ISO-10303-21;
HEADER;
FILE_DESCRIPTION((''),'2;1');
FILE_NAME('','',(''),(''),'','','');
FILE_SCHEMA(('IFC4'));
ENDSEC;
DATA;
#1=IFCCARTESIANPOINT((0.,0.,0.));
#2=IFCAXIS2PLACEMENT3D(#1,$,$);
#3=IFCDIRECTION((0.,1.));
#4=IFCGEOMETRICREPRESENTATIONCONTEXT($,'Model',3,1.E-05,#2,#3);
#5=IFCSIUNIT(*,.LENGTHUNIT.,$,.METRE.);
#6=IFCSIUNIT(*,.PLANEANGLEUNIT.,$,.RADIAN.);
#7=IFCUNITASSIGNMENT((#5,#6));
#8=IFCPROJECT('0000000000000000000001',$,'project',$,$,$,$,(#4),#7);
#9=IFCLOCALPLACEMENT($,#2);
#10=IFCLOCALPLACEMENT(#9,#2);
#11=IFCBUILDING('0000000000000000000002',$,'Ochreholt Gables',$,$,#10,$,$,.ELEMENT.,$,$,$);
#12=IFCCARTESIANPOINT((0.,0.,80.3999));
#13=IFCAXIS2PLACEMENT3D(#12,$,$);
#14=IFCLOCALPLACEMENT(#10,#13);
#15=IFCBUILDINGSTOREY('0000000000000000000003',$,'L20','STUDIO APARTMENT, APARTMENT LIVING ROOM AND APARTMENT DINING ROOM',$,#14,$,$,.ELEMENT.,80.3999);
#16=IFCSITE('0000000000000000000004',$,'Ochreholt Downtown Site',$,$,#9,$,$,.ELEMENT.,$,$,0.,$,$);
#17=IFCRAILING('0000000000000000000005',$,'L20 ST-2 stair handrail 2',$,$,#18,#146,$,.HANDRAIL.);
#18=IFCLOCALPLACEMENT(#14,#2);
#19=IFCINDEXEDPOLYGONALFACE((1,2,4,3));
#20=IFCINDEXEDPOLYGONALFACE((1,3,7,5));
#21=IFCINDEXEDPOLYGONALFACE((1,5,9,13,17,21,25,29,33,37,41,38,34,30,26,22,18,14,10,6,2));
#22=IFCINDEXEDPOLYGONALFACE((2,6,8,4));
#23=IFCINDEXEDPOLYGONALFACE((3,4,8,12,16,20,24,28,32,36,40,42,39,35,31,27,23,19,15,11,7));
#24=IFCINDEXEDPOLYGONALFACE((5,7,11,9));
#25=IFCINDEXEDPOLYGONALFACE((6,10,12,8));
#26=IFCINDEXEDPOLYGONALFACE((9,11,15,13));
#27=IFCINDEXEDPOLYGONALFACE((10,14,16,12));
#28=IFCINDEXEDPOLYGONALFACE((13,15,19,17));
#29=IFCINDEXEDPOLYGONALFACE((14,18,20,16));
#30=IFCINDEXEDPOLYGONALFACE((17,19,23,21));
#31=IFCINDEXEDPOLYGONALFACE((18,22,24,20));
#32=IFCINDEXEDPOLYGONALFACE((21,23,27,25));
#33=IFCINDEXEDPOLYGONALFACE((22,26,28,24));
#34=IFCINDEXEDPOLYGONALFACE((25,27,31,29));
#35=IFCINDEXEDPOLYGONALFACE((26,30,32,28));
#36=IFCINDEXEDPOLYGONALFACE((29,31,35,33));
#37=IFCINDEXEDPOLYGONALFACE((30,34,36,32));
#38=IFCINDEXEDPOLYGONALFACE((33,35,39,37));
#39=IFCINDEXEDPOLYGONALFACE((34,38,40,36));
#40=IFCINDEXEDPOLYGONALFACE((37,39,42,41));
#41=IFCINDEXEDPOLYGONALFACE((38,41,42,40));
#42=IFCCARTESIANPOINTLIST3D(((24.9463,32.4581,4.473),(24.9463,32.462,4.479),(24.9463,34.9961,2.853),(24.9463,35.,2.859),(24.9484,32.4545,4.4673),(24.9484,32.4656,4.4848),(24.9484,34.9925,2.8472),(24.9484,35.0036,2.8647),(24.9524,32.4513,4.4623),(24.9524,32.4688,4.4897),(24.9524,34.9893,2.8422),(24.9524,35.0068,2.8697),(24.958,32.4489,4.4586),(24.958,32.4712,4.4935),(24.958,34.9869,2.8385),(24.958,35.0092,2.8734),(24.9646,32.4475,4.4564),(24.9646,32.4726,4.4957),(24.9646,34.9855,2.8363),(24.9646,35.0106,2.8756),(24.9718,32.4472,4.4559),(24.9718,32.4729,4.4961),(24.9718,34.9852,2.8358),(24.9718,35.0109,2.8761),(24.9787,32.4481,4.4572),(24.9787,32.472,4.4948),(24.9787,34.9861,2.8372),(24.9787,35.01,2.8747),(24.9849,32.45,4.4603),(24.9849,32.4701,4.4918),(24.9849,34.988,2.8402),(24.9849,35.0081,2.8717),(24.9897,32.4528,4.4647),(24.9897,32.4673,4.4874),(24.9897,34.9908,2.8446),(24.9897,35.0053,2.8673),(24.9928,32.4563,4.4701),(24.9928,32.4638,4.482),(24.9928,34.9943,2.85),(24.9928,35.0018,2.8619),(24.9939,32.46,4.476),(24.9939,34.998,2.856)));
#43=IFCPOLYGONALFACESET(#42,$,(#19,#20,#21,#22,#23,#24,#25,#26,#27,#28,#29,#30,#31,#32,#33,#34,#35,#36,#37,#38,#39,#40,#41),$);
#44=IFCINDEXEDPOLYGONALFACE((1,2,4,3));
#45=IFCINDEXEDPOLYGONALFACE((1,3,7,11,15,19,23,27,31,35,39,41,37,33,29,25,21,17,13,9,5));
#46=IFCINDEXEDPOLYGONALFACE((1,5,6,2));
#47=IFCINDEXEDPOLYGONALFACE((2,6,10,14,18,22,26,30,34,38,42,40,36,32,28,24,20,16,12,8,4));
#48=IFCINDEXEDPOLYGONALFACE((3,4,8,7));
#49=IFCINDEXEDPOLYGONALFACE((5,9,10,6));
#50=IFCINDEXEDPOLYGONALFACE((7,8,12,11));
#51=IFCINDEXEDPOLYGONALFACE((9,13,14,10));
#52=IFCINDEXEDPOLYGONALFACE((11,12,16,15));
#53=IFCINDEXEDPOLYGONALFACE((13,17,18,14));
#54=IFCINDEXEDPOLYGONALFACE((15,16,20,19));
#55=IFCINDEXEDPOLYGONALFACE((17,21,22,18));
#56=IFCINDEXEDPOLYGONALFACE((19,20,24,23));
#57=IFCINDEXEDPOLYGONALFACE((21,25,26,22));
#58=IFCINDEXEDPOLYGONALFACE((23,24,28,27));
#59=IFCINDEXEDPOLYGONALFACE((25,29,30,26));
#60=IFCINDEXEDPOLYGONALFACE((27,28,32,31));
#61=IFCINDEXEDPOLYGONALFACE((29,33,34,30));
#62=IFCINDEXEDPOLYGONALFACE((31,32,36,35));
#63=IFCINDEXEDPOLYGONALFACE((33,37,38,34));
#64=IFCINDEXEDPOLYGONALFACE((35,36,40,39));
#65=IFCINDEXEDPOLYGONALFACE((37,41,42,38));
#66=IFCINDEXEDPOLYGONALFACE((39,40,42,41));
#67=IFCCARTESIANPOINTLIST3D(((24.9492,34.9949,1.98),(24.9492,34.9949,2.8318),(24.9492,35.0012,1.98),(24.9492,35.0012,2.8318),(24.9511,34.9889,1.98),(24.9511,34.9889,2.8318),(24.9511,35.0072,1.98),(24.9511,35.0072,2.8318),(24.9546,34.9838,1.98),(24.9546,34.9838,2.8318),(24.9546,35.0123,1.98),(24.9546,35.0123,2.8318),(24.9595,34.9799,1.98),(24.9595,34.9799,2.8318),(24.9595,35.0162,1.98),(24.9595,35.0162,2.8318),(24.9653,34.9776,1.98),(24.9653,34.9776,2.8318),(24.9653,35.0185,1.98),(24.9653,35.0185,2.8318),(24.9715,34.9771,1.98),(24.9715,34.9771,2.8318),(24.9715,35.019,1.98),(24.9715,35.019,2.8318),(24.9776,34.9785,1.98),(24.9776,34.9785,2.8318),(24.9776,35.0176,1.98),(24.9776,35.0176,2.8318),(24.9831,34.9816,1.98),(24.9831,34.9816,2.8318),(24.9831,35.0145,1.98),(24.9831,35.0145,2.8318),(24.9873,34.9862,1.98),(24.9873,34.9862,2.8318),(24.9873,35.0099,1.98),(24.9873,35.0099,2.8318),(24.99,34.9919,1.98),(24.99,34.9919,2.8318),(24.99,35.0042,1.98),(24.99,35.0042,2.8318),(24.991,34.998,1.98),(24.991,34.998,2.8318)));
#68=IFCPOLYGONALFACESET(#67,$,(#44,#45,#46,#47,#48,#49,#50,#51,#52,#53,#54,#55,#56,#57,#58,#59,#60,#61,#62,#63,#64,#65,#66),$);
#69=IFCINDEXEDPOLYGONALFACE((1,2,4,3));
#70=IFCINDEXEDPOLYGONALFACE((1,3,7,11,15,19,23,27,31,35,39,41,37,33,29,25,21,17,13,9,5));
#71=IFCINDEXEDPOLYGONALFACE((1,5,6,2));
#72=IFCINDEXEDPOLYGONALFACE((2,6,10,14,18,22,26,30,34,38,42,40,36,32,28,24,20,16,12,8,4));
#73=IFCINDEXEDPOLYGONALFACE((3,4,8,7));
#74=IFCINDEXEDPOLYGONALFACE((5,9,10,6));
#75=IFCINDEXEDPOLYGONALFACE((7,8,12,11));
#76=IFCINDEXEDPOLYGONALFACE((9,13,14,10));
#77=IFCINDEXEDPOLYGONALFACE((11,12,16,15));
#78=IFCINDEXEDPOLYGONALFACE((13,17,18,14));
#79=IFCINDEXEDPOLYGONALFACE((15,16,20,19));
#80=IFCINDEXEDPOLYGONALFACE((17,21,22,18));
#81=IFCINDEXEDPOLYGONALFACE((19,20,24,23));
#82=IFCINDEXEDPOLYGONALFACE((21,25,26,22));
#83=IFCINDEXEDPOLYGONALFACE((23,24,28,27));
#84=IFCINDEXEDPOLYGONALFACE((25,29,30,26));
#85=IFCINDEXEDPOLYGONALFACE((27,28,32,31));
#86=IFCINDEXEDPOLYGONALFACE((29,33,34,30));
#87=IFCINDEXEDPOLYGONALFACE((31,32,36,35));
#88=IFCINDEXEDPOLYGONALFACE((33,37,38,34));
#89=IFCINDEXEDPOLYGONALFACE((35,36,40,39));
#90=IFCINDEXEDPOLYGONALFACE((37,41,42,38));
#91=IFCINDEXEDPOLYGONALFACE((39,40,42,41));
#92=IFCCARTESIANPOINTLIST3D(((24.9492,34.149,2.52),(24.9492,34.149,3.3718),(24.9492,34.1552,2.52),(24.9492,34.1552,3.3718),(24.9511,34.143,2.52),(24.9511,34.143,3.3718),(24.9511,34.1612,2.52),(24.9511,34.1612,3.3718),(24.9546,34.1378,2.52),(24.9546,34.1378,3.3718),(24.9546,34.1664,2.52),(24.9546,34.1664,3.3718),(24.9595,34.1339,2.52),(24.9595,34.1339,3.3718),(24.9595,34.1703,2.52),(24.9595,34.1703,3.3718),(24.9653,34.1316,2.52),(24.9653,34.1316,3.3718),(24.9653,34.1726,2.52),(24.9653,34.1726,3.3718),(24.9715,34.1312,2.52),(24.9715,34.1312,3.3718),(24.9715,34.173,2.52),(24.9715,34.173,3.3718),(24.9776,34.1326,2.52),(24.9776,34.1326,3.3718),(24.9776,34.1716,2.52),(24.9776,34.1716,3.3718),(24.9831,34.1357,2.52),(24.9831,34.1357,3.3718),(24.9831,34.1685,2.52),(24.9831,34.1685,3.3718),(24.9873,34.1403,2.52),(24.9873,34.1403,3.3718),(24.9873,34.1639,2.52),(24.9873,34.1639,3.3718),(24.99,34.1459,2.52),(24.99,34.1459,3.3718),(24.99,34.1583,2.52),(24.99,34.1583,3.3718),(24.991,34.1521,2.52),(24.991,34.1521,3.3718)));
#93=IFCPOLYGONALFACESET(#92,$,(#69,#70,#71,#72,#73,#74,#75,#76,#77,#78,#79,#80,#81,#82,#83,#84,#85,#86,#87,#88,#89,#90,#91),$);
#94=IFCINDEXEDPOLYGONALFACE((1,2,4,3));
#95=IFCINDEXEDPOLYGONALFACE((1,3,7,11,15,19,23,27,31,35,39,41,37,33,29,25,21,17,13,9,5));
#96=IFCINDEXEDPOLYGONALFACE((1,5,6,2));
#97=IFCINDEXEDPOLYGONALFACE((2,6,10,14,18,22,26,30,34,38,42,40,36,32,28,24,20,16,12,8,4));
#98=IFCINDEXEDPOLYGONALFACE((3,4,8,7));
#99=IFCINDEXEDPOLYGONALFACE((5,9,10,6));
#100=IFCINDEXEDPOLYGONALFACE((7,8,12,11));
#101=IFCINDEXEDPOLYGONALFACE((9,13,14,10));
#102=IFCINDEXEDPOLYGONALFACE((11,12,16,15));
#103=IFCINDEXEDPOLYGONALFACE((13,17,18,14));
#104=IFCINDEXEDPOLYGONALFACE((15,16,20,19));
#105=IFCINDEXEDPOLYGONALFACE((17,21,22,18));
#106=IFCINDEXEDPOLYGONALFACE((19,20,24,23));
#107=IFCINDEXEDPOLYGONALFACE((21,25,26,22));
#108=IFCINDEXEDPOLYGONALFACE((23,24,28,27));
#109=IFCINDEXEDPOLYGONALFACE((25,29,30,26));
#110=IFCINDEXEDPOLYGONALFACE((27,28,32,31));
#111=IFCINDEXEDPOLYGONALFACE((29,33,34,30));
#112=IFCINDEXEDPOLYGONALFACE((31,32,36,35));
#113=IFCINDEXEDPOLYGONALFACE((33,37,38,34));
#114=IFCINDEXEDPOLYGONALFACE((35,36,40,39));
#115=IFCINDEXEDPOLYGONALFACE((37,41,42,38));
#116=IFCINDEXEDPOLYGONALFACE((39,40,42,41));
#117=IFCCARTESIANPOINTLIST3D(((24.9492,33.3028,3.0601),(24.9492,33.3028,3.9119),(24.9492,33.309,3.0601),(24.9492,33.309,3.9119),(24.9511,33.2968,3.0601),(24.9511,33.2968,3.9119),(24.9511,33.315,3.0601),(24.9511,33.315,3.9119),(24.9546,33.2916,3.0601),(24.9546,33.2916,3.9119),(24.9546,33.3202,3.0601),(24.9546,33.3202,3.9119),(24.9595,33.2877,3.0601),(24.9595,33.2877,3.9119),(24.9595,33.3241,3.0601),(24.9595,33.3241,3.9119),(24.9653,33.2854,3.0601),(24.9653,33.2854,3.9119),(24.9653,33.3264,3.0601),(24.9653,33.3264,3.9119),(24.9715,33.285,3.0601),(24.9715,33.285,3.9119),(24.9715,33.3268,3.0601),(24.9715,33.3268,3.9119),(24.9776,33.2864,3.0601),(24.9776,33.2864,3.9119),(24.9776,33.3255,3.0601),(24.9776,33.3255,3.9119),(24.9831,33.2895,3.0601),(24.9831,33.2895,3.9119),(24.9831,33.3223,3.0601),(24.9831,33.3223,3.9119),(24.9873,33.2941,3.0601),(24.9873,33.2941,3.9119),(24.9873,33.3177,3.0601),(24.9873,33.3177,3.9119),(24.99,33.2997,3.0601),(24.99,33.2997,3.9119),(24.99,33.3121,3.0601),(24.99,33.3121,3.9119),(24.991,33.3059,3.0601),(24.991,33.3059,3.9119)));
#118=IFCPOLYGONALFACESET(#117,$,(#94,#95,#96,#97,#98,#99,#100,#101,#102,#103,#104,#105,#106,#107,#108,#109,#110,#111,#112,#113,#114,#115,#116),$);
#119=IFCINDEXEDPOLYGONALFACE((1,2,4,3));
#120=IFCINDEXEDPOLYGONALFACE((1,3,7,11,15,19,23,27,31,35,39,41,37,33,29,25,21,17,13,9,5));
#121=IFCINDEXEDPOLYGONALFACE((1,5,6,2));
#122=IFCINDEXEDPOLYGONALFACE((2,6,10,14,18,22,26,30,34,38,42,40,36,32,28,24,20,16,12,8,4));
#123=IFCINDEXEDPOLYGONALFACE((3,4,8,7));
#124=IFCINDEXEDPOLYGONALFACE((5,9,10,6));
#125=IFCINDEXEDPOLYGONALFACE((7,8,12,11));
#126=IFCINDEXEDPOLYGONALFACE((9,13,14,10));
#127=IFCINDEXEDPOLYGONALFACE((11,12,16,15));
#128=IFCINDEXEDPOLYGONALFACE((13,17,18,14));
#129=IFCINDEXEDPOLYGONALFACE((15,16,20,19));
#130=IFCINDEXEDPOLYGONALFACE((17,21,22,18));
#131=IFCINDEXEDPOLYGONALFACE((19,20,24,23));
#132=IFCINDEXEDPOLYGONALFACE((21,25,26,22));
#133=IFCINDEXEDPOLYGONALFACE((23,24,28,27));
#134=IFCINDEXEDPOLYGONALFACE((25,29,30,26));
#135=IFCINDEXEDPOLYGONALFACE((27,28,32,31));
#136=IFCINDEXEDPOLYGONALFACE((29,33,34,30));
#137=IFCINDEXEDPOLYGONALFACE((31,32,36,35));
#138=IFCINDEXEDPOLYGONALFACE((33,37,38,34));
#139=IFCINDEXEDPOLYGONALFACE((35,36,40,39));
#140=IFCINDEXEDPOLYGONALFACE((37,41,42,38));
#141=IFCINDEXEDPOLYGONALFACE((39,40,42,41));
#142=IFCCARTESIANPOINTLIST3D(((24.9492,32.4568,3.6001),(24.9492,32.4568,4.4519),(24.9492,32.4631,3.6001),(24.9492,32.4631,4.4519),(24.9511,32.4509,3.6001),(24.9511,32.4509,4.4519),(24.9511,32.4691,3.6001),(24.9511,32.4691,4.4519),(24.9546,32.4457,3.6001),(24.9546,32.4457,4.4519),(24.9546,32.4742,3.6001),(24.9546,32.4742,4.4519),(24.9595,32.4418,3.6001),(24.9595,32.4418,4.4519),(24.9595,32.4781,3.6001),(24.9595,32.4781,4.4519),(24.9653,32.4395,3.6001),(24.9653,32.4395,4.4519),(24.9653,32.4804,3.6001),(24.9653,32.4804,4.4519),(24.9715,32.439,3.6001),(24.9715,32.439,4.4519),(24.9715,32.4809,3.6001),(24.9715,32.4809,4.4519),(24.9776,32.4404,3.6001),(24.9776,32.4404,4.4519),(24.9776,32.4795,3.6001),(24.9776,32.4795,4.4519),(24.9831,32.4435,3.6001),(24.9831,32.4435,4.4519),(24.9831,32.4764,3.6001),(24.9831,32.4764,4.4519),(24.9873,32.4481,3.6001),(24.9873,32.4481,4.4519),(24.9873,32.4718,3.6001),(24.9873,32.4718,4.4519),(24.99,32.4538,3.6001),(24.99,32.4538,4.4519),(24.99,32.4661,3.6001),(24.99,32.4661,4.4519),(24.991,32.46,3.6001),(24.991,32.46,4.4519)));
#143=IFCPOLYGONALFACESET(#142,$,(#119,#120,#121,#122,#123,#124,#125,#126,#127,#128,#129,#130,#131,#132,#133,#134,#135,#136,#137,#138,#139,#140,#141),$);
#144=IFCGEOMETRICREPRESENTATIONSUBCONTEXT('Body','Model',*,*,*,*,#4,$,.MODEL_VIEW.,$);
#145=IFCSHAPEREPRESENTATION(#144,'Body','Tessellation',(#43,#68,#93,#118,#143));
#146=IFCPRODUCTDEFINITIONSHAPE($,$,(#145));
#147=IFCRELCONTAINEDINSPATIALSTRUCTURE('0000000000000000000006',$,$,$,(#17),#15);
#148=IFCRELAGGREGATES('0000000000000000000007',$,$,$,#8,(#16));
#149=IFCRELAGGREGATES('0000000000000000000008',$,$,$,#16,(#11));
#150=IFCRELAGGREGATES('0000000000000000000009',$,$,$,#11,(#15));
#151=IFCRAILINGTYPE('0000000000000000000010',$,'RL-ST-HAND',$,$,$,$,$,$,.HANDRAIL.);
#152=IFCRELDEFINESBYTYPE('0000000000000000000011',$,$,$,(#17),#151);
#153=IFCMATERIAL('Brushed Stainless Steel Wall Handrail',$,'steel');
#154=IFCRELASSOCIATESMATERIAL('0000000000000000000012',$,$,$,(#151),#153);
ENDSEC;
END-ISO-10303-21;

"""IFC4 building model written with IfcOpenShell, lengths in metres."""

from ifc_helpers import new_model, si_unit, direction, frame, origin, origin_2d, place, context, subcontext, project, spatial, circle, extrude, material, type_object, element, save


model = new_model("IFC4")

# Units and contexts
model_context = context("Model", 3, precision=1e-05, world=origin(), true_north=direction((0.0, 1.0)))
body_context = subcontext(model_context, "Body", "Model", "MODEL_VIEW")
ifc_project = project(units=[si_unit("LENGTHUNIT", "METRE"), si_unit("PLANEANGLEUNIT", "RADIAN")], contexts=[model_context])

# Site, building, storey
site_placement = place(None, origin())
site = spatial("IfcSite", under=ifc_project, at=site_placement, Name="Ochreholt Downtown Site", CompositionType="ELEMENT", RefElevation=0.0)
building_placement = place(site_placement, origin())
building = spatial("IfcBuilding", under=site, at=building_placement, Name="Ochreholt Gables", CompositionType="ELEMENT")
storey_placement = place(building_placement, frame((0.0, 0.0, 80.3999)))
storey = spatial("IfcBuildingStorey", under=building, at=storey_placement, Name="L20", Description="STUDIO APARTMENT, APARTMENT LIVING ROOM AND APARTMENT DINING ROOM", CompositionType="ELEMENT", Elevation=80.3999)

# Railing
ifc_material_1 = material(Name="Brushed Stainless Steel Wall Handrail", Category="steel")
railing_type_1 = type_object("IfcRailingType", Name="RL-ST-HAND", PredefinedType="HANDRAIL", material=ifc_material_1)
railing_1_placement = place(storey_placement, frame((24.97, 34.998, 1.98)))
element("IfcRailing", 1, at=railing_1_placement, inside=storey, type_object=railing_type_1, Name="L20 ST-2 stair handrail 2", PredefinedType="HANDRAIL", context=body_context, shape_type="SweptSolid", body=[
    extrude(circle(Radius=0.0239, at=origin_2d()), frame((0.0, 0.0, 0.876), z_axis=(0.0, -0.842913, 0.53805), x_axis=(1.0, 0.0, 0.0)), (0.0, 0.0, 1.0), 3.011),
    extrude(circle(Radius=0.021, at=origin_2d()), origin(), (0.0, 0.0, 1.0), 0.8518),
    extrude(circle(Radius=0.021, at=origin_2d()), frame((0.0, -0.8459, 0.54)), (0.0, 0.0, 1.0), 0.8518),
    extrude(circle(Radius=0.021, at=origin_2d()), frame((0.0, -1.6921, 1.0801)), (0.0, 0.0, 1.0), 0.8518),
    extrude(circle(Radius=0.021, at=origin_2d()), frame((0.0, -2.5381, 1.6201)), (0.0, 0.0, 1.0), 0.8518),
])

save(model, "model.ifc")
